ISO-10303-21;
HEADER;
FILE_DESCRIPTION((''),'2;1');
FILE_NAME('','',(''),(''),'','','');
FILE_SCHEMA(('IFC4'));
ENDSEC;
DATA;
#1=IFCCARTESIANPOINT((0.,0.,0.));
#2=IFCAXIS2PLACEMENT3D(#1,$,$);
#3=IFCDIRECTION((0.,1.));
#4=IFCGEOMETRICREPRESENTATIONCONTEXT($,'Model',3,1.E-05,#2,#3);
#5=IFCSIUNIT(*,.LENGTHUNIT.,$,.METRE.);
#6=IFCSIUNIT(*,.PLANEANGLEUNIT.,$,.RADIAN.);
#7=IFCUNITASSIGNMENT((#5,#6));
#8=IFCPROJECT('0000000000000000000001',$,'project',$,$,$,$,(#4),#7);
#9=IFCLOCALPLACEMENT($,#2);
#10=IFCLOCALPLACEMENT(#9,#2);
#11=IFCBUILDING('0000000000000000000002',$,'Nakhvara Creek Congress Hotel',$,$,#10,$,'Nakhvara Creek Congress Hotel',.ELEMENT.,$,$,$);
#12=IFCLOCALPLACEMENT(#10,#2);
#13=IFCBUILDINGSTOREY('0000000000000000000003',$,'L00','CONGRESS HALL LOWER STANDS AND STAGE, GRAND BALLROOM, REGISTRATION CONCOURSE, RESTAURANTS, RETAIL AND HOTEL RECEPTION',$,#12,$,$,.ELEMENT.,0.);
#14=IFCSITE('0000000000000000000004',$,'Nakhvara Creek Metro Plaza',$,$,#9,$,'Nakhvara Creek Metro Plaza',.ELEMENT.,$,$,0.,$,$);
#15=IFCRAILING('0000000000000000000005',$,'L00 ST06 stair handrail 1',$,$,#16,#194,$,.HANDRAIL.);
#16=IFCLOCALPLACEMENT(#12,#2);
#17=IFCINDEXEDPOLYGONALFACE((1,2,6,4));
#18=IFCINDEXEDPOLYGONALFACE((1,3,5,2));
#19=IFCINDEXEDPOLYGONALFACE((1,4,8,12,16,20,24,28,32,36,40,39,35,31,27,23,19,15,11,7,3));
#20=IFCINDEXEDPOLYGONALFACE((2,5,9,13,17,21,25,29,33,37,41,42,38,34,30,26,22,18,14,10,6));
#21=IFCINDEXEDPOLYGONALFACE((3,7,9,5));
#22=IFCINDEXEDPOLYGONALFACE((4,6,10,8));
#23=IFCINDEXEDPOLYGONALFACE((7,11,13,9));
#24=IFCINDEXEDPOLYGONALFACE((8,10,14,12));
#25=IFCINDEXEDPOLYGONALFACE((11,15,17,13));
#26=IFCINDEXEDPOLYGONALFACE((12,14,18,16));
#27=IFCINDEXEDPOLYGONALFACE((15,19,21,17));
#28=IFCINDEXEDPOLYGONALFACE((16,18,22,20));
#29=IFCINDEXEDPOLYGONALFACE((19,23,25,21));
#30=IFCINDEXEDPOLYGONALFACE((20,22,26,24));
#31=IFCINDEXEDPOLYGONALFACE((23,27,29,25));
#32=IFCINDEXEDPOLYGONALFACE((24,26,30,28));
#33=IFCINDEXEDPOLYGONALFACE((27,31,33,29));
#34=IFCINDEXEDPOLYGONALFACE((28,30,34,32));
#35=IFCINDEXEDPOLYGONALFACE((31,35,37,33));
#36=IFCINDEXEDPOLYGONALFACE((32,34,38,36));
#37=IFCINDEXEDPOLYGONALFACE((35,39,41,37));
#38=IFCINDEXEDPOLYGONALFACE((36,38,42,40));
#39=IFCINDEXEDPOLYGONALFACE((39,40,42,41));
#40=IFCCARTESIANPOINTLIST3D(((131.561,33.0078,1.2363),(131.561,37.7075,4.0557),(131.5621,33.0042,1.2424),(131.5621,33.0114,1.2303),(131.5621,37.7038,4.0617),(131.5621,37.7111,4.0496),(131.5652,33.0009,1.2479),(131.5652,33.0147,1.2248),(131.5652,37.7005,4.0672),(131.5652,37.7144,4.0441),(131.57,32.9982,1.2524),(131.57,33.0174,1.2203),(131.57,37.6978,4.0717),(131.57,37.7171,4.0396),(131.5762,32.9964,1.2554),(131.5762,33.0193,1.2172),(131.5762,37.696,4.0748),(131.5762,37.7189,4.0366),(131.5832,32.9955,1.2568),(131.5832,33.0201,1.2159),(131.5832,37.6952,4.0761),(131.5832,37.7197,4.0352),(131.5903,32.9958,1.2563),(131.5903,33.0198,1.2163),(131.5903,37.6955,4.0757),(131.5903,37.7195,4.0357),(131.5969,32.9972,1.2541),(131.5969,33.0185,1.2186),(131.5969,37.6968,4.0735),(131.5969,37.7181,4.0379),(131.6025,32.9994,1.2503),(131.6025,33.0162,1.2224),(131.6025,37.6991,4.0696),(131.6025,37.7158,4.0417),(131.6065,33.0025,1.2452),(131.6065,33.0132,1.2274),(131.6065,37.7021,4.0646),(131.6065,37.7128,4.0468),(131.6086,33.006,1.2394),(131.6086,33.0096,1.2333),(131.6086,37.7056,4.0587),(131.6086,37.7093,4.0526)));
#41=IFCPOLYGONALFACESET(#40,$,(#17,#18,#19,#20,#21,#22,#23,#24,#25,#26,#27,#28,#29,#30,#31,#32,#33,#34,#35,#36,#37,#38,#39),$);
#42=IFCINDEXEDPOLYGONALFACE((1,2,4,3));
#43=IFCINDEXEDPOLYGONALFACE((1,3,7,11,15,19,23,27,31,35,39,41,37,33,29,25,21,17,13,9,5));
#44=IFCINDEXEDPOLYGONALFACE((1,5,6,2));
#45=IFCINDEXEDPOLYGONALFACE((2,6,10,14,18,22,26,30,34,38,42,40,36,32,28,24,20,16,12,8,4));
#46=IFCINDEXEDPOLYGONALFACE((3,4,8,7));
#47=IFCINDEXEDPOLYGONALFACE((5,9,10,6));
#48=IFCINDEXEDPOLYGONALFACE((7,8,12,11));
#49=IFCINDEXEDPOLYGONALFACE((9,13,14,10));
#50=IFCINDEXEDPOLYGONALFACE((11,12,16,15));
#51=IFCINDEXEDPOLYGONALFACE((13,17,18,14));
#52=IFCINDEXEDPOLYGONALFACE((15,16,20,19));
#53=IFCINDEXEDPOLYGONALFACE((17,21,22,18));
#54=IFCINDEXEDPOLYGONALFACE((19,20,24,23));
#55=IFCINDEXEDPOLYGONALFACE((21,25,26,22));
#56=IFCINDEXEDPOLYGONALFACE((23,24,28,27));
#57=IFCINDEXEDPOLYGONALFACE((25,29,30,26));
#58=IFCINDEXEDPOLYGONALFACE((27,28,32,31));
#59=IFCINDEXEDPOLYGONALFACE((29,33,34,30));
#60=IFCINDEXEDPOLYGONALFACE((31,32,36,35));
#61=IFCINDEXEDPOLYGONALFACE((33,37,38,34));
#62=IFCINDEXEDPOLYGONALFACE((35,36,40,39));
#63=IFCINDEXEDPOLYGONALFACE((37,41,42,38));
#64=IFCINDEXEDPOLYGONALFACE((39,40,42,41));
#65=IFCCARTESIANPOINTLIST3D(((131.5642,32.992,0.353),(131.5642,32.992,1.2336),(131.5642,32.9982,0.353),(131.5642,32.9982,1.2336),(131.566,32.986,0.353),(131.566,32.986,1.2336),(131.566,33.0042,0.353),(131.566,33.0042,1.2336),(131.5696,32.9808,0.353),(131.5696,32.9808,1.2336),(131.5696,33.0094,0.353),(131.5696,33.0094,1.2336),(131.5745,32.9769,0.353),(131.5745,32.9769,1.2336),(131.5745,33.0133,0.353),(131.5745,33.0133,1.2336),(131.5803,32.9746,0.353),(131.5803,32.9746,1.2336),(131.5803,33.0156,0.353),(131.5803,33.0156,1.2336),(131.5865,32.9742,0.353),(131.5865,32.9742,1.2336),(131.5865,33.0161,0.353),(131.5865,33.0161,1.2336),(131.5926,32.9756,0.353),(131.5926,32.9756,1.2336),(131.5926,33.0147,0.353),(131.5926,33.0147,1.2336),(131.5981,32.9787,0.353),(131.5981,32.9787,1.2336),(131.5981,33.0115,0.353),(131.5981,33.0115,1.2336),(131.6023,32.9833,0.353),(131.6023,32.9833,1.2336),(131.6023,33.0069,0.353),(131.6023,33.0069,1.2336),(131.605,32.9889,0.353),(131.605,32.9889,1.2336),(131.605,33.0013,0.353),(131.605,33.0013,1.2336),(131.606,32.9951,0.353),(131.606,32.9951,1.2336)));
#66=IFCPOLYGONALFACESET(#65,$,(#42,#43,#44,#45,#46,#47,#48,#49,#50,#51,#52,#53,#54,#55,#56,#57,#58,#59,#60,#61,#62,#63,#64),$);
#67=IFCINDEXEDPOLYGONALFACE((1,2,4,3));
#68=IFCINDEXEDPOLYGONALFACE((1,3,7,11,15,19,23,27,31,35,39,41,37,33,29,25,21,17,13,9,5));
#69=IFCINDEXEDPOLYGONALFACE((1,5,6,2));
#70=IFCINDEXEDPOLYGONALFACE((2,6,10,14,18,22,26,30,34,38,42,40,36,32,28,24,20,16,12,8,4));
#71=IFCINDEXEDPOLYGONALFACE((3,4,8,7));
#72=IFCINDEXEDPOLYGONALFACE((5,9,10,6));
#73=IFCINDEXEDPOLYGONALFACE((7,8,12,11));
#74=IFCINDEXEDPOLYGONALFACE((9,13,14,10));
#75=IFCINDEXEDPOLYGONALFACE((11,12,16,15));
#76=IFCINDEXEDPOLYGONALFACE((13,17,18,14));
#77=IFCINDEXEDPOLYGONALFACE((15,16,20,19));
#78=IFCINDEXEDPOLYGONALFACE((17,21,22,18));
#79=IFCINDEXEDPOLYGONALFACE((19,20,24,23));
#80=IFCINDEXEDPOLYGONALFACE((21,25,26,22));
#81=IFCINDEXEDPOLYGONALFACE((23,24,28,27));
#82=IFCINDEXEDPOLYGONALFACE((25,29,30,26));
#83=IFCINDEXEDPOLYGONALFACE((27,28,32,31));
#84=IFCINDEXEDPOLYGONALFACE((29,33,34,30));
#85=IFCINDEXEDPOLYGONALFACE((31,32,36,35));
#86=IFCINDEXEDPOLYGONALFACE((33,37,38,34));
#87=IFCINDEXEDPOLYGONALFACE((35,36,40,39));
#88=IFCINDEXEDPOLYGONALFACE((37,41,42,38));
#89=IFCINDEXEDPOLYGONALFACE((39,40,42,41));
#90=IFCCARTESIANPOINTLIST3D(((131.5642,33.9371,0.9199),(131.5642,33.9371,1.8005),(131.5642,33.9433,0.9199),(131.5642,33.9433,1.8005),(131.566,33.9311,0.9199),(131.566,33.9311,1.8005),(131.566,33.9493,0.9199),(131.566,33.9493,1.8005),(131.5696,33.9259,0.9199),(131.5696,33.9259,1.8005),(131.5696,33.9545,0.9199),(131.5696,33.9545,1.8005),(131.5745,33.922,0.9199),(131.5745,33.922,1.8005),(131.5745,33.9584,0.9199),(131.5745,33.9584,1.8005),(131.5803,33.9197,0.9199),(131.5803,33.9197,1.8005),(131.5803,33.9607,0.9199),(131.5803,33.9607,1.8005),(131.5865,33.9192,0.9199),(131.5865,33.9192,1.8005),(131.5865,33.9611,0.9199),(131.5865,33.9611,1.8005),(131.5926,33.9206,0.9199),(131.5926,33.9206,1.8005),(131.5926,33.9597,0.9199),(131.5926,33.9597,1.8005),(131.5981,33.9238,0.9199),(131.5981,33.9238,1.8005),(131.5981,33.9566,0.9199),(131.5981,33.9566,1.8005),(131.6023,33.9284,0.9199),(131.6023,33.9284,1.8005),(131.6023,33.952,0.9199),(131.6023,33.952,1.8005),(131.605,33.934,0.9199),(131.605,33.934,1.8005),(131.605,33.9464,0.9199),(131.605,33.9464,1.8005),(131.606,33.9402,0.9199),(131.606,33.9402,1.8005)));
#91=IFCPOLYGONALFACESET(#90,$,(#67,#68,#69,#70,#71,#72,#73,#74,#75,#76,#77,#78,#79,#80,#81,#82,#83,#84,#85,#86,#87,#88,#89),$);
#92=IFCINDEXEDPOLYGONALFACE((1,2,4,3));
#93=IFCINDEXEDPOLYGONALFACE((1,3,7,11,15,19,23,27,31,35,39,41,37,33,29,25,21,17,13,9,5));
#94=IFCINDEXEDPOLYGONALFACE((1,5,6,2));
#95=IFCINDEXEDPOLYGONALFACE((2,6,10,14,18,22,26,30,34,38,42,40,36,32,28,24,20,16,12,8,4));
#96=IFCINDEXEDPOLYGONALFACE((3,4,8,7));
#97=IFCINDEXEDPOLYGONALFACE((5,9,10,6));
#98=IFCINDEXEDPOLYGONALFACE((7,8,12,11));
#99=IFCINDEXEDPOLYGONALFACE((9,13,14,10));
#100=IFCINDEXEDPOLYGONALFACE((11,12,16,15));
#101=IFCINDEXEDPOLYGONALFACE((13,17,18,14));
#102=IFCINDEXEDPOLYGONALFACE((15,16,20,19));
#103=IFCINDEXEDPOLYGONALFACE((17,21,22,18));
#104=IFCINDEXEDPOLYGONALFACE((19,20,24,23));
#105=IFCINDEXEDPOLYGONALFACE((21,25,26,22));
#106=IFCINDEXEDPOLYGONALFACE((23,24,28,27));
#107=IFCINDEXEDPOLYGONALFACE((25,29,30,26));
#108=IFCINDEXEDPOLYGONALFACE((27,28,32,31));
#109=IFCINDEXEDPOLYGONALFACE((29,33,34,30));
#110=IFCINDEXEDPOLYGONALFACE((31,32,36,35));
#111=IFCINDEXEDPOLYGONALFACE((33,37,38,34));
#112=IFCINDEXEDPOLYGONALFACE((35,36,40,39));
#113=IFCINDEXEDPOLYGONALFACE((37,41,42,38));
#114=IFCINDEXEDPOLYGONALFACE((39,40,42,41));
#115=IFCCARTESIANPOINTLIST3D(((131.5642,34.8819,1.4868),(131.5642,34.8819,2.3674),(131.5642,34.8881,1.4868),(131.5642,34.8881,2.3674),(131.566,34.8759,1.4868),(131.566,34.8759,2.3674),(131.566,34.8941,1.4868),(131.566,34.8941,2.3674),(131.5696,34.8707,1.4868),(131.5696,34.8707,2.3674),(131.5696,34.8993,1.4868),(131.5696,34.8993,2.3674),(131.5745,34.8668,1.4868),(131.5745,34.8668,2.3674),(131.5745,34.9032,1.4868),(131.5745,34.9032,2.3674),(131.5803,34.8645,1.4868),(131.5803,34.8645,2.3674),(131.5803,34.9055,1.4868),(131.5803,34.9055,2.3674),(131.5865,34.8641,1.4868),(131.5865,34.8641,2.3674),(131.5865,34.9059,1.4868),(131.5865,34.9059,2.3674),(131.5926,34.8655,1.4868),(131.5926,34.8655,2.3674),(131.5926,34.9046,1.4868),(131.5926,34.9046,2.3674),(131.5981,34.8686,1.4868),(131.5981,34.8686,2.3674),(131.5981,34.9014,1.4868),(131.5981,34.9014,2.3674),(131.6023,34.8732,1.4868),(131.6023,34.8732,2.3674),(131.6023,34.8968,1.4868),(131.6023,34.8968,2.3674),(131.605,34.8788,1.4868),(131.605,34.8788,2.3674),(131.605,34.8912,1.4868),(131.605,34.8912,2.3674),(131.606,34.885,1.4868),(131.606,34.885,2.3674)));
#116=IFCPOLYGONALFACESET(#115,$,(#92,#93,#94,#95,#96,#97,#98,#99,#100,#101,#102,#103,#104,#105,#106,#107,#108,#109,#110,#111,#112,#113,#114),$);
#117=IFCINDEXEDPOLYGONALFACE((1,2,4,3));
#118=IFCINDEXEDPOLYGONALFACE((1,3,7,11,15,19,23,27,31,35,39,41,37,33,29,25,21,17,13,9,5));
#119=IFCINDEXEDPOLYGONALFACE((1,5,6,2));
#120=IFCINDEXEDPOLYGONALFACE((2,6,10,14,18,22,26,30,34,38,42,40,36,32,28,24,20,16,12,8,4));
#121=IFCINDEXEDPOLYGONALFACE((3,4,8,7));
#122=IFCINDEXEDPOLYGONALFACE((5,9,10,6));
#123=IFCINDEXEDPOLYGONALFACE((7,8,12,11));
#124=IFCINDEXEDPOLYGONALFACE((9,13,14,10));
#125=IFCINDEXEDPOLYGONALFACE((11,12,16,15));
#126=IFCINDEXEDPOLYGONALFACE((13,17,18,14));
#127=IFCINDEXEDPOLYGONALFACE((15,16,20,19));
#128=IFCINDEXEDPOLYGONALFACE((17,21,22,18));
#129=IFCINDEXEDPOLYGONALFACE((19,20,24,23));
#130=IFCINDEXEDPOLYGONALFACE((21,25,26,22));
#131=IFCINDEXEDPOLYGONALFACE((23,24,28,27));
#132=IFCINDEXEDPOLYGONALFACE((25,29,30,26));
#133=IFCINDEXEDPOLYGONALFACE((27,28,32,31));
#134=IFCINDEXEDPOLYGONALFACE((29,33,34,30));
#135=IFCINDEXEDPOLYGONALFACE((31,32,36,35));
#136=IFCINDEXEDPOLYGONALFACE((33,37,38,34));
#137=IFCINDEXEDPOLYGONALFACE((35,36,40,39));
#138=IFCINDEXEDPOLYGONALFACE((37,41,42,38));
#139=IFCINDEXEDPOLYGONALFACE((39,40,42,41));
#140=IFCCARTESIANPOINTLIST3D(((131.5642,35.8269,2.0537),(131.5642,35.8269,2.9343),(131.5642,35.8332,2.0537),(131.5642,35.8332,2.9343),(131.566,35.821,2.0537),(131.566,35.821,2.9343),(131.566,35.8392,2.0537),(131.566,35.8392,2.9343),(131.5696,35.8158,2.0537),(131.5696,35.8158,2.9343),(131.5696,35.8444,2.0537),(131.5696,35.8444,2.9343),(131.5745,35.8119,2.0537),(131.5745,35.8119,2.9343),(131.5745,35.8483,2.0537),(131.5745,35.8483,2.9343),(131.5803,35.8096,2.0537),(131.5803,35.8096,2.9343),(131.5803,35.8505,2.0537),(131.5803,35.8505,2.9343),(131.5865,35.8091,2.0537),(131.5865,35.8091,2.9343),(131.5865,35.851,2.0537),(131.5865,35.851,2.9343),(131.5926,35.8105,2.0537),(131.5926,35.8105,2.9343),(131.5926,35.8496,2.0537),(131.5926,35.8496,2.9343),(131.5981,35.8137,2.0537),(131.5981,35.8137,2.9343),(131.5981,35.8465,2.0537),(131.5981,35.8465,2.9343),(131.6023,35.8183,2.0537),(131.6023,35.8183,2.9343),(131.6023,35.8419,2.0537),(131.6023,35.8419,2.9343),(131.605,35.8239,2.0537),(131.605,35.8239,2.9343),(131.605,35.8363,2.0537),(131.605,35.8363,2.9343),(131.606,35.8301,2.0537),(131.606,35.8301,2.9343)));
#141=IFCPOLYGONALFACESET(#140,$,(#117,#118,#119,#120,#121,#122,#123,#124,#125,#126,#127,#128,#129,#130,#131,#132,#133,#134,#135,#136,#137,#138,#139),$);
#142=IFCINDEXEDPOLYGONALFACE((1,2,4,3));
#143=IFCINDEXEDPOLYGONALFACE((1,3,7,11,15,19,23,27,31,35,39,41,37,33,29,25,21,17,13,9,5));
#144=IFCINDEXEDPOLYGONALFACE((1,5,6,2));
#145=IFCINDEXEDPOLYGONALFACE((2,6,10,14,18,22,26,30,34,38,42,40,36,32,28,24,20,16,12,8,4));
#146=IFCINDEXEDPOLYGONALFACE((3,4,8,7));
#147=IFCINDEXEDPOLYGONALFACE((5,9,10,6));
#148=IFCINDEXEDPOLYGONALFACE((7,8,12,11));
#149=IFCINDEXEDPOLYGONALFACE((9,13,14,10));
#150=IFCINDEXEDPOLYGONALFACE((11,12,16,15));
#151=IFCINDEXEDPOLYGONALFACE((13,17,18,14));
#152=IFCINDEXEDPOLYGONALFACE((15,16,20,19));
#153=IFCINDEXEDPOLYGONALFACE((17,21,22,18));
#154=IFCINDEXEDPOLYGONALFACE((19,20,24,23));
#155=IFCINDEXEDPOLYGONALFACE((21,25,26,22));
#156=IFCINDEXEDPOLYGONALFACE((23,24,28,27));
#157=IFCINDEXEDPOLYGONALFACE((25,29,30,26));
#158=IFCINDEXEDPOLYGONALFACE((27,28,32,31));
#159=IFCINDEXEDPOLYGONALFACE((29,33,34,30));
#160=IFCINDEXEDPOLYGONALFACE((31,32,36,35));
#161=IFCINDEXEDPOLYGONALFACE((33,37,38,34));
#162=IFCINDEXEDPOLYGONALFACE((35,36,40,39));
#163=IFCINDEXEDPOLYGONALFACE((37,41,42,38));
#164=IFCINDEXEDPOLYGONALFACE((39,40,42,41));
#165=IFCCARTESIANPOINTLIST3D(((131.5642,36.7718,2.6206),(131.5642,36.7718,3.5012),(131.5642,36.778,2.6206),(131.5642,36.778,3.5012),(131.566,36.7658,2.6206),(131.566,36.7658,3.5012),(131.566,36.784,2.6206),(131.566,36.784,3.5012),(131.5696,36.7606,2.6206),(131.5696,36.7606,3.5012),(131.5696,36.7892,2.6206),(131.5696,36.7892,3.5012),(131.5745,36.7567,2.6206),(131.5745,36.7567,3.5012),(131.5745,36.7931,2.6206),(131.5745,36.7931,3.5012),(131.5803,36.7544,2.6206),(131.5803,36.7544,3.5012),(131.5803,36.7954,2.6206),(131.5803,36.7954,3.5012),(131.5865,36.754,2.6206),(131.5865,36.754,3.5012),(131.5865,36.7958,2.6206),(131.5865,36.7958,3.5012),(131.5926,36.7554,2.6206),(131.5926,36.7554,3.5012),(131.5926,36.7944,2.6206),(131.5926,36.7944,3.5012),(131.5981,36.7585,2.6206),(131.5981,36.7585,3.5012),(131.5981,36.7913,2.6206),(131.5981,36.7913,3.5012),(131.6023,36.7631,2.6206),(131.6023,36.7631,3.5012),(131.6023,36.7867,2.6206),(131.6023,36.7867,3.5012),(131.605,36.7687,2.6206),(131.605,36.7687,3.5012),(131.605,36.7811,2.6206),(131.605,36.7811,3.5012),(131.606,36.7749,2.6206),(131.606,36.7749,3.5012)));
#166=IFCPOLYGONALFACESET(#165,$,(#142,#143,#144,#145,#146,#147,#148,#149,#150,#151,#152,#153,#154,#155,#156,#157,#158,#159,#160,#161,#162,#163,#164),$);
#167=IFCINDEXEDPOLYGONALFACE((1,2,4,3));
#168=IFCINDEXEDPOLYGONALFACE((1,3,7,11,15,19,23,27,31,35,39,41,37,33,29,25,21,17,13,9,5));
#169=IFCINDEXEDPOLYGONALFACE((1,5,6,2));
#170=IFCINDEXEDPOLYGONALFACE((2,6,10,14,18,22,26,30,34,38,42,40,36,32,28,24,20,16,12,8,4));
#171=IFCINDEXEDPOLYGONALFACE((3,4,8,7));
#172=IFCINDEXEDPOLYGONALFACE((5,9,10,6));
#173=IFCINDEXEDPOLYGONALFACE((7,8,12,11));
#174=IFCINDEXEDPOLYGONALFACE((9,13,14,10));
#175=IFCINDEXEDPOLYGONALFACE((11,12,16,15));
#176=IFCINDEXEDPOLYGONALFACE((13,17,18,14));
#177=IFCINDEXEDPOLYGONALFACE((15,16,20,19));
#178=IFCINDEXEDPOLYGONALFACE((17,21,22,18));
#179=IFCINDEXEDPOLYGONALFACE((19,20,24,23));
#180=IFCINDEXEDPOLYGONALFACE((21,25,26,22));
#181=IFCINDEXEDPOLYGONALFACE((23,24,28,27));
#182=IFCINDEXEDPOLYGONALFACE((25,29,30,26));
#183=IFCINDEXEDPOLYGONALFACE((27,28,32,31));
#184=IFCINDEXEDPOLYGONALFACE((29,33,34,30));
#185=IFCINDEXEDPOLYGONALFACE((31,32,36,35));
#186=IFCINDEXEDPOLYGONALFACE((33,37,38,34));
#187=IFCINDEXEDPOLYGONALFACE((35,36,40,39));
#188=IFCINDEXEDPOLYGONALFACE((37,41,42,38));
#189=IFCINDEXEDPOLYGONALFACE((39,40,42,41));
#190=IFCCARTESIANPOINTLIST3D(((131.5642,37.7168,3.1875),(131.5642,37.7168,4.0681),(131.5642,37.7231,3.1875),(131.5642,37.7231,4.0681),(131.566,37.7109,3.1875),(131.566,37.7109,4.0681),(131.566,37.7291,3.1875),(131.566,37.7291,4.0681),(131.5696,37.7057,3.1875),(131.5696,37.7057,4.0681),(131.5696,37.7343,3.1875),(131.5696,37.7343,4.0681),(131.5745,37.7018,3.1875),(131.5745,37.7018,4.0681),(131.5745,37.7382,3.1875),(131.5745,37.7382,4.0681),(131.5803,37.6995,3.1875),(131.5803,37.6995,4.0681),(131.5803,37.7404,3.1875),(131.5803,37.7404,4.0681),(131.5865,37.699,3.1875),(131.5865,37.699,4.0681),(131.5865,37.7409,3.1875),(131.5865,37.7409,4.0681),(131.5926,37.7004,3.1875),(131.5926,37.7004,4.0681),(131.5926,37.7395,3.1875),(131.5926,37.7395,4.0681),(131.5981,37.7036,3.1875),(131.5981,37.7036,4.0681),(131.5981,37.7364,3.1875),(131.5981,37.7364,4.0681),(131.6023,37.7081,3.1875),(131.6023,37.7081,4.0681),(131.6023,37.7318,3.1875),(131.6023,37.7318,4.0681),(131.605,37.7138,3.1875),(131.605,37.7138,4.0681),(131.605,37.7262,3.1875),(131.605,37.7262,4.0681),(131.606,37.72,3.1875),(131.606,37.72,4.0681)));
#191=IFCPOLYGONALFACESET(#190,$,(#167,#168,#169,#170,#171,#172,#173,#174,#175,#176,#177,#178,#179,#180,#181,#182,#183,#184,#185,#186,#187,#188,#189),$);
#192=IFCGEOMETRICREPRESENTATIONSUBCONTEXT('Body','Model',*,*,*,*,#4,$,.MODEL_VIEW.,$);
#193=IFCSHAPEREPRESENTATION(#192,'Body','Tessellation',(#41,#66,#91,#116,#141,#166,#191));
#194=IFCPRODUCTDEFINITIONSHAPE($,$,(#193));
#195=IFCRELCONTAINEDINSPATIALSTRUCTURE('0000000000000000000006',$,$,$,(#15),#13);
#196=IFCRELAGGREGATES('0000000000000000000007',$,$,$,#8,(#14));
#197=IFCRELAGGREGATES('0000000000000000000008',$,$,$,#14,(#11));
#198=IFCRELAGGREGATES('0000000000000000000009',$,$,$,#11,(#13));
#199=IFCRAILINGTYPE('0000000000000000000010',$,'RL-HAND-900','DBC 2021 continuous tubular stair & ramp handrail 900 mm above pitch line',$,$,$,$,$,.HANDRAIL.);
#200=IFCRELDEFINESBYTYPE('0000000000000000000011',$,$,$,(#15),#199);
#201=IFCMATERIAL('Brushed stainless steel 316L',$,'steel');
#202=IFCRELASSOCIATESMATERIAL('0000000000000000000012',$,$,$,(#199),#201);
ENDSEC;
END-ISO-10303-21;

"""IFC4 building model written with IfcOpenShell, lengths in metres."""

from ifc_helpers import new_model, si_unit, direction, frame, origin, origin_2d, place, context, subcontext, project, spatial, circle, extrude, material, type_object, element, save


model = new_model("IFC4")

# Units and contexts
model_context = context("Model", 3, precision=1e-05, world=origin(), true_north=direction((0.0, 1.0)))
body_context = subcontext(model_context, "Body", "Model", "MODEL_VIEW")
ifc_project = project(units=[si_unit("LENGTHUNIT", "METRE"), si_unit("PLANEANGLEUNIT", "RADIAN")], contexts=[model_context])

# Site, building, storey
site_placement = place(None, origin())
site = spatial("IfcSite", under=ifc_project, at=site_placement, Name="Nakhvara Creek Metro Plaza", LongName="Nakhvara Creek Metro Plaza", CompositionType="ELEMENT", RefElevation=0.0)
building_placement = place(site_placement, origin())
building = spatial("IfcBuilding", under=site, at=building_placement, Name="Nakhvara Creek Congress Hotel", LongName="Nakhvara Creek Congress Hotel", CompositionType="ELEMENT")
storey_placement = place(building_placement, origin())
storey = spatial("IfcBuildingStorey", under=building, at=storey_placement, Name="L00", Description="CONGRESS HALL LOWER STANDS AND STAGE, GRAND BALLROOM, REGISTRATION CONCOURSE, RESTAURANTS, RETAIL AND HOTEL RECEPTION", CompositionType="ELEMENT", Elevation=0.0)

# Railing
ifc_material_1 = material(Name="Brushed stainless steel 316L", Category="steel")
railing_type_1 = type_object("IfcRailingType", Name="RL-HAND-900", Description="DBC 2021 continuous tubular stair & ramp handrail 900 mm above pitch line", PredefinedType="HANDRAIL", material=ifc_material_1)
railing_1_placement = place(storey_placement, frame((131.585, 32.9951, 0.353)))
element("IfcRailing", 1, at=railing_1_placement, inside=storey, type_object=railing_type_1, Name="L00 ST06 stair handrail 1", PredefinedType="HANDRAIL", context=body_context, shape_type="SweptSolid", body=[
    extrude(circle(Radius=0.0239, at=origin_2d()), frame((0.0, 0.0127, 0.8833), z_axis=(0.0, 0.857528, 0.514437), x_axis=(-1.0, 0.0, 0.0)), (0.0, 0.0, 1.0), 5.4805),
    extrude(circle(Radius=0.021, at=origin_2d()), origin(), (0.0, 0.0, 1.0), 0.8806),
    extrude(circle(Radius=0.021, at=origin_2d()), frame((0.0, 0.9451, 0.5669)), (0.0, 0.0, 1.0), 0.8806),
    extrude(circle(Radius=0.021, at=origin_2d()), frame((0.0, 1.8899, 1.1338)), (0.0, 0.0, 1.0), 0.8806),
    extrude(circle(Radius=0.021, at=origin_2d()), frame((0.0, 2.835, 1.7007)), (0.0, 0.0, 1.0), 0.8806),
    extrude(circle(Radius=0.021, at=origin_2d()), frame((0.0, 3.7798, 2.2676)), (0.0, 0.0, 1.0), 0.8806),
    extrude(circle(Radius=0.021, at=origin_2d()), frame((0.0, 4.7249, 2.8345)), (0.0, 0.0, 1.0), 0.8806),
])

save(model, "model.ifc")
